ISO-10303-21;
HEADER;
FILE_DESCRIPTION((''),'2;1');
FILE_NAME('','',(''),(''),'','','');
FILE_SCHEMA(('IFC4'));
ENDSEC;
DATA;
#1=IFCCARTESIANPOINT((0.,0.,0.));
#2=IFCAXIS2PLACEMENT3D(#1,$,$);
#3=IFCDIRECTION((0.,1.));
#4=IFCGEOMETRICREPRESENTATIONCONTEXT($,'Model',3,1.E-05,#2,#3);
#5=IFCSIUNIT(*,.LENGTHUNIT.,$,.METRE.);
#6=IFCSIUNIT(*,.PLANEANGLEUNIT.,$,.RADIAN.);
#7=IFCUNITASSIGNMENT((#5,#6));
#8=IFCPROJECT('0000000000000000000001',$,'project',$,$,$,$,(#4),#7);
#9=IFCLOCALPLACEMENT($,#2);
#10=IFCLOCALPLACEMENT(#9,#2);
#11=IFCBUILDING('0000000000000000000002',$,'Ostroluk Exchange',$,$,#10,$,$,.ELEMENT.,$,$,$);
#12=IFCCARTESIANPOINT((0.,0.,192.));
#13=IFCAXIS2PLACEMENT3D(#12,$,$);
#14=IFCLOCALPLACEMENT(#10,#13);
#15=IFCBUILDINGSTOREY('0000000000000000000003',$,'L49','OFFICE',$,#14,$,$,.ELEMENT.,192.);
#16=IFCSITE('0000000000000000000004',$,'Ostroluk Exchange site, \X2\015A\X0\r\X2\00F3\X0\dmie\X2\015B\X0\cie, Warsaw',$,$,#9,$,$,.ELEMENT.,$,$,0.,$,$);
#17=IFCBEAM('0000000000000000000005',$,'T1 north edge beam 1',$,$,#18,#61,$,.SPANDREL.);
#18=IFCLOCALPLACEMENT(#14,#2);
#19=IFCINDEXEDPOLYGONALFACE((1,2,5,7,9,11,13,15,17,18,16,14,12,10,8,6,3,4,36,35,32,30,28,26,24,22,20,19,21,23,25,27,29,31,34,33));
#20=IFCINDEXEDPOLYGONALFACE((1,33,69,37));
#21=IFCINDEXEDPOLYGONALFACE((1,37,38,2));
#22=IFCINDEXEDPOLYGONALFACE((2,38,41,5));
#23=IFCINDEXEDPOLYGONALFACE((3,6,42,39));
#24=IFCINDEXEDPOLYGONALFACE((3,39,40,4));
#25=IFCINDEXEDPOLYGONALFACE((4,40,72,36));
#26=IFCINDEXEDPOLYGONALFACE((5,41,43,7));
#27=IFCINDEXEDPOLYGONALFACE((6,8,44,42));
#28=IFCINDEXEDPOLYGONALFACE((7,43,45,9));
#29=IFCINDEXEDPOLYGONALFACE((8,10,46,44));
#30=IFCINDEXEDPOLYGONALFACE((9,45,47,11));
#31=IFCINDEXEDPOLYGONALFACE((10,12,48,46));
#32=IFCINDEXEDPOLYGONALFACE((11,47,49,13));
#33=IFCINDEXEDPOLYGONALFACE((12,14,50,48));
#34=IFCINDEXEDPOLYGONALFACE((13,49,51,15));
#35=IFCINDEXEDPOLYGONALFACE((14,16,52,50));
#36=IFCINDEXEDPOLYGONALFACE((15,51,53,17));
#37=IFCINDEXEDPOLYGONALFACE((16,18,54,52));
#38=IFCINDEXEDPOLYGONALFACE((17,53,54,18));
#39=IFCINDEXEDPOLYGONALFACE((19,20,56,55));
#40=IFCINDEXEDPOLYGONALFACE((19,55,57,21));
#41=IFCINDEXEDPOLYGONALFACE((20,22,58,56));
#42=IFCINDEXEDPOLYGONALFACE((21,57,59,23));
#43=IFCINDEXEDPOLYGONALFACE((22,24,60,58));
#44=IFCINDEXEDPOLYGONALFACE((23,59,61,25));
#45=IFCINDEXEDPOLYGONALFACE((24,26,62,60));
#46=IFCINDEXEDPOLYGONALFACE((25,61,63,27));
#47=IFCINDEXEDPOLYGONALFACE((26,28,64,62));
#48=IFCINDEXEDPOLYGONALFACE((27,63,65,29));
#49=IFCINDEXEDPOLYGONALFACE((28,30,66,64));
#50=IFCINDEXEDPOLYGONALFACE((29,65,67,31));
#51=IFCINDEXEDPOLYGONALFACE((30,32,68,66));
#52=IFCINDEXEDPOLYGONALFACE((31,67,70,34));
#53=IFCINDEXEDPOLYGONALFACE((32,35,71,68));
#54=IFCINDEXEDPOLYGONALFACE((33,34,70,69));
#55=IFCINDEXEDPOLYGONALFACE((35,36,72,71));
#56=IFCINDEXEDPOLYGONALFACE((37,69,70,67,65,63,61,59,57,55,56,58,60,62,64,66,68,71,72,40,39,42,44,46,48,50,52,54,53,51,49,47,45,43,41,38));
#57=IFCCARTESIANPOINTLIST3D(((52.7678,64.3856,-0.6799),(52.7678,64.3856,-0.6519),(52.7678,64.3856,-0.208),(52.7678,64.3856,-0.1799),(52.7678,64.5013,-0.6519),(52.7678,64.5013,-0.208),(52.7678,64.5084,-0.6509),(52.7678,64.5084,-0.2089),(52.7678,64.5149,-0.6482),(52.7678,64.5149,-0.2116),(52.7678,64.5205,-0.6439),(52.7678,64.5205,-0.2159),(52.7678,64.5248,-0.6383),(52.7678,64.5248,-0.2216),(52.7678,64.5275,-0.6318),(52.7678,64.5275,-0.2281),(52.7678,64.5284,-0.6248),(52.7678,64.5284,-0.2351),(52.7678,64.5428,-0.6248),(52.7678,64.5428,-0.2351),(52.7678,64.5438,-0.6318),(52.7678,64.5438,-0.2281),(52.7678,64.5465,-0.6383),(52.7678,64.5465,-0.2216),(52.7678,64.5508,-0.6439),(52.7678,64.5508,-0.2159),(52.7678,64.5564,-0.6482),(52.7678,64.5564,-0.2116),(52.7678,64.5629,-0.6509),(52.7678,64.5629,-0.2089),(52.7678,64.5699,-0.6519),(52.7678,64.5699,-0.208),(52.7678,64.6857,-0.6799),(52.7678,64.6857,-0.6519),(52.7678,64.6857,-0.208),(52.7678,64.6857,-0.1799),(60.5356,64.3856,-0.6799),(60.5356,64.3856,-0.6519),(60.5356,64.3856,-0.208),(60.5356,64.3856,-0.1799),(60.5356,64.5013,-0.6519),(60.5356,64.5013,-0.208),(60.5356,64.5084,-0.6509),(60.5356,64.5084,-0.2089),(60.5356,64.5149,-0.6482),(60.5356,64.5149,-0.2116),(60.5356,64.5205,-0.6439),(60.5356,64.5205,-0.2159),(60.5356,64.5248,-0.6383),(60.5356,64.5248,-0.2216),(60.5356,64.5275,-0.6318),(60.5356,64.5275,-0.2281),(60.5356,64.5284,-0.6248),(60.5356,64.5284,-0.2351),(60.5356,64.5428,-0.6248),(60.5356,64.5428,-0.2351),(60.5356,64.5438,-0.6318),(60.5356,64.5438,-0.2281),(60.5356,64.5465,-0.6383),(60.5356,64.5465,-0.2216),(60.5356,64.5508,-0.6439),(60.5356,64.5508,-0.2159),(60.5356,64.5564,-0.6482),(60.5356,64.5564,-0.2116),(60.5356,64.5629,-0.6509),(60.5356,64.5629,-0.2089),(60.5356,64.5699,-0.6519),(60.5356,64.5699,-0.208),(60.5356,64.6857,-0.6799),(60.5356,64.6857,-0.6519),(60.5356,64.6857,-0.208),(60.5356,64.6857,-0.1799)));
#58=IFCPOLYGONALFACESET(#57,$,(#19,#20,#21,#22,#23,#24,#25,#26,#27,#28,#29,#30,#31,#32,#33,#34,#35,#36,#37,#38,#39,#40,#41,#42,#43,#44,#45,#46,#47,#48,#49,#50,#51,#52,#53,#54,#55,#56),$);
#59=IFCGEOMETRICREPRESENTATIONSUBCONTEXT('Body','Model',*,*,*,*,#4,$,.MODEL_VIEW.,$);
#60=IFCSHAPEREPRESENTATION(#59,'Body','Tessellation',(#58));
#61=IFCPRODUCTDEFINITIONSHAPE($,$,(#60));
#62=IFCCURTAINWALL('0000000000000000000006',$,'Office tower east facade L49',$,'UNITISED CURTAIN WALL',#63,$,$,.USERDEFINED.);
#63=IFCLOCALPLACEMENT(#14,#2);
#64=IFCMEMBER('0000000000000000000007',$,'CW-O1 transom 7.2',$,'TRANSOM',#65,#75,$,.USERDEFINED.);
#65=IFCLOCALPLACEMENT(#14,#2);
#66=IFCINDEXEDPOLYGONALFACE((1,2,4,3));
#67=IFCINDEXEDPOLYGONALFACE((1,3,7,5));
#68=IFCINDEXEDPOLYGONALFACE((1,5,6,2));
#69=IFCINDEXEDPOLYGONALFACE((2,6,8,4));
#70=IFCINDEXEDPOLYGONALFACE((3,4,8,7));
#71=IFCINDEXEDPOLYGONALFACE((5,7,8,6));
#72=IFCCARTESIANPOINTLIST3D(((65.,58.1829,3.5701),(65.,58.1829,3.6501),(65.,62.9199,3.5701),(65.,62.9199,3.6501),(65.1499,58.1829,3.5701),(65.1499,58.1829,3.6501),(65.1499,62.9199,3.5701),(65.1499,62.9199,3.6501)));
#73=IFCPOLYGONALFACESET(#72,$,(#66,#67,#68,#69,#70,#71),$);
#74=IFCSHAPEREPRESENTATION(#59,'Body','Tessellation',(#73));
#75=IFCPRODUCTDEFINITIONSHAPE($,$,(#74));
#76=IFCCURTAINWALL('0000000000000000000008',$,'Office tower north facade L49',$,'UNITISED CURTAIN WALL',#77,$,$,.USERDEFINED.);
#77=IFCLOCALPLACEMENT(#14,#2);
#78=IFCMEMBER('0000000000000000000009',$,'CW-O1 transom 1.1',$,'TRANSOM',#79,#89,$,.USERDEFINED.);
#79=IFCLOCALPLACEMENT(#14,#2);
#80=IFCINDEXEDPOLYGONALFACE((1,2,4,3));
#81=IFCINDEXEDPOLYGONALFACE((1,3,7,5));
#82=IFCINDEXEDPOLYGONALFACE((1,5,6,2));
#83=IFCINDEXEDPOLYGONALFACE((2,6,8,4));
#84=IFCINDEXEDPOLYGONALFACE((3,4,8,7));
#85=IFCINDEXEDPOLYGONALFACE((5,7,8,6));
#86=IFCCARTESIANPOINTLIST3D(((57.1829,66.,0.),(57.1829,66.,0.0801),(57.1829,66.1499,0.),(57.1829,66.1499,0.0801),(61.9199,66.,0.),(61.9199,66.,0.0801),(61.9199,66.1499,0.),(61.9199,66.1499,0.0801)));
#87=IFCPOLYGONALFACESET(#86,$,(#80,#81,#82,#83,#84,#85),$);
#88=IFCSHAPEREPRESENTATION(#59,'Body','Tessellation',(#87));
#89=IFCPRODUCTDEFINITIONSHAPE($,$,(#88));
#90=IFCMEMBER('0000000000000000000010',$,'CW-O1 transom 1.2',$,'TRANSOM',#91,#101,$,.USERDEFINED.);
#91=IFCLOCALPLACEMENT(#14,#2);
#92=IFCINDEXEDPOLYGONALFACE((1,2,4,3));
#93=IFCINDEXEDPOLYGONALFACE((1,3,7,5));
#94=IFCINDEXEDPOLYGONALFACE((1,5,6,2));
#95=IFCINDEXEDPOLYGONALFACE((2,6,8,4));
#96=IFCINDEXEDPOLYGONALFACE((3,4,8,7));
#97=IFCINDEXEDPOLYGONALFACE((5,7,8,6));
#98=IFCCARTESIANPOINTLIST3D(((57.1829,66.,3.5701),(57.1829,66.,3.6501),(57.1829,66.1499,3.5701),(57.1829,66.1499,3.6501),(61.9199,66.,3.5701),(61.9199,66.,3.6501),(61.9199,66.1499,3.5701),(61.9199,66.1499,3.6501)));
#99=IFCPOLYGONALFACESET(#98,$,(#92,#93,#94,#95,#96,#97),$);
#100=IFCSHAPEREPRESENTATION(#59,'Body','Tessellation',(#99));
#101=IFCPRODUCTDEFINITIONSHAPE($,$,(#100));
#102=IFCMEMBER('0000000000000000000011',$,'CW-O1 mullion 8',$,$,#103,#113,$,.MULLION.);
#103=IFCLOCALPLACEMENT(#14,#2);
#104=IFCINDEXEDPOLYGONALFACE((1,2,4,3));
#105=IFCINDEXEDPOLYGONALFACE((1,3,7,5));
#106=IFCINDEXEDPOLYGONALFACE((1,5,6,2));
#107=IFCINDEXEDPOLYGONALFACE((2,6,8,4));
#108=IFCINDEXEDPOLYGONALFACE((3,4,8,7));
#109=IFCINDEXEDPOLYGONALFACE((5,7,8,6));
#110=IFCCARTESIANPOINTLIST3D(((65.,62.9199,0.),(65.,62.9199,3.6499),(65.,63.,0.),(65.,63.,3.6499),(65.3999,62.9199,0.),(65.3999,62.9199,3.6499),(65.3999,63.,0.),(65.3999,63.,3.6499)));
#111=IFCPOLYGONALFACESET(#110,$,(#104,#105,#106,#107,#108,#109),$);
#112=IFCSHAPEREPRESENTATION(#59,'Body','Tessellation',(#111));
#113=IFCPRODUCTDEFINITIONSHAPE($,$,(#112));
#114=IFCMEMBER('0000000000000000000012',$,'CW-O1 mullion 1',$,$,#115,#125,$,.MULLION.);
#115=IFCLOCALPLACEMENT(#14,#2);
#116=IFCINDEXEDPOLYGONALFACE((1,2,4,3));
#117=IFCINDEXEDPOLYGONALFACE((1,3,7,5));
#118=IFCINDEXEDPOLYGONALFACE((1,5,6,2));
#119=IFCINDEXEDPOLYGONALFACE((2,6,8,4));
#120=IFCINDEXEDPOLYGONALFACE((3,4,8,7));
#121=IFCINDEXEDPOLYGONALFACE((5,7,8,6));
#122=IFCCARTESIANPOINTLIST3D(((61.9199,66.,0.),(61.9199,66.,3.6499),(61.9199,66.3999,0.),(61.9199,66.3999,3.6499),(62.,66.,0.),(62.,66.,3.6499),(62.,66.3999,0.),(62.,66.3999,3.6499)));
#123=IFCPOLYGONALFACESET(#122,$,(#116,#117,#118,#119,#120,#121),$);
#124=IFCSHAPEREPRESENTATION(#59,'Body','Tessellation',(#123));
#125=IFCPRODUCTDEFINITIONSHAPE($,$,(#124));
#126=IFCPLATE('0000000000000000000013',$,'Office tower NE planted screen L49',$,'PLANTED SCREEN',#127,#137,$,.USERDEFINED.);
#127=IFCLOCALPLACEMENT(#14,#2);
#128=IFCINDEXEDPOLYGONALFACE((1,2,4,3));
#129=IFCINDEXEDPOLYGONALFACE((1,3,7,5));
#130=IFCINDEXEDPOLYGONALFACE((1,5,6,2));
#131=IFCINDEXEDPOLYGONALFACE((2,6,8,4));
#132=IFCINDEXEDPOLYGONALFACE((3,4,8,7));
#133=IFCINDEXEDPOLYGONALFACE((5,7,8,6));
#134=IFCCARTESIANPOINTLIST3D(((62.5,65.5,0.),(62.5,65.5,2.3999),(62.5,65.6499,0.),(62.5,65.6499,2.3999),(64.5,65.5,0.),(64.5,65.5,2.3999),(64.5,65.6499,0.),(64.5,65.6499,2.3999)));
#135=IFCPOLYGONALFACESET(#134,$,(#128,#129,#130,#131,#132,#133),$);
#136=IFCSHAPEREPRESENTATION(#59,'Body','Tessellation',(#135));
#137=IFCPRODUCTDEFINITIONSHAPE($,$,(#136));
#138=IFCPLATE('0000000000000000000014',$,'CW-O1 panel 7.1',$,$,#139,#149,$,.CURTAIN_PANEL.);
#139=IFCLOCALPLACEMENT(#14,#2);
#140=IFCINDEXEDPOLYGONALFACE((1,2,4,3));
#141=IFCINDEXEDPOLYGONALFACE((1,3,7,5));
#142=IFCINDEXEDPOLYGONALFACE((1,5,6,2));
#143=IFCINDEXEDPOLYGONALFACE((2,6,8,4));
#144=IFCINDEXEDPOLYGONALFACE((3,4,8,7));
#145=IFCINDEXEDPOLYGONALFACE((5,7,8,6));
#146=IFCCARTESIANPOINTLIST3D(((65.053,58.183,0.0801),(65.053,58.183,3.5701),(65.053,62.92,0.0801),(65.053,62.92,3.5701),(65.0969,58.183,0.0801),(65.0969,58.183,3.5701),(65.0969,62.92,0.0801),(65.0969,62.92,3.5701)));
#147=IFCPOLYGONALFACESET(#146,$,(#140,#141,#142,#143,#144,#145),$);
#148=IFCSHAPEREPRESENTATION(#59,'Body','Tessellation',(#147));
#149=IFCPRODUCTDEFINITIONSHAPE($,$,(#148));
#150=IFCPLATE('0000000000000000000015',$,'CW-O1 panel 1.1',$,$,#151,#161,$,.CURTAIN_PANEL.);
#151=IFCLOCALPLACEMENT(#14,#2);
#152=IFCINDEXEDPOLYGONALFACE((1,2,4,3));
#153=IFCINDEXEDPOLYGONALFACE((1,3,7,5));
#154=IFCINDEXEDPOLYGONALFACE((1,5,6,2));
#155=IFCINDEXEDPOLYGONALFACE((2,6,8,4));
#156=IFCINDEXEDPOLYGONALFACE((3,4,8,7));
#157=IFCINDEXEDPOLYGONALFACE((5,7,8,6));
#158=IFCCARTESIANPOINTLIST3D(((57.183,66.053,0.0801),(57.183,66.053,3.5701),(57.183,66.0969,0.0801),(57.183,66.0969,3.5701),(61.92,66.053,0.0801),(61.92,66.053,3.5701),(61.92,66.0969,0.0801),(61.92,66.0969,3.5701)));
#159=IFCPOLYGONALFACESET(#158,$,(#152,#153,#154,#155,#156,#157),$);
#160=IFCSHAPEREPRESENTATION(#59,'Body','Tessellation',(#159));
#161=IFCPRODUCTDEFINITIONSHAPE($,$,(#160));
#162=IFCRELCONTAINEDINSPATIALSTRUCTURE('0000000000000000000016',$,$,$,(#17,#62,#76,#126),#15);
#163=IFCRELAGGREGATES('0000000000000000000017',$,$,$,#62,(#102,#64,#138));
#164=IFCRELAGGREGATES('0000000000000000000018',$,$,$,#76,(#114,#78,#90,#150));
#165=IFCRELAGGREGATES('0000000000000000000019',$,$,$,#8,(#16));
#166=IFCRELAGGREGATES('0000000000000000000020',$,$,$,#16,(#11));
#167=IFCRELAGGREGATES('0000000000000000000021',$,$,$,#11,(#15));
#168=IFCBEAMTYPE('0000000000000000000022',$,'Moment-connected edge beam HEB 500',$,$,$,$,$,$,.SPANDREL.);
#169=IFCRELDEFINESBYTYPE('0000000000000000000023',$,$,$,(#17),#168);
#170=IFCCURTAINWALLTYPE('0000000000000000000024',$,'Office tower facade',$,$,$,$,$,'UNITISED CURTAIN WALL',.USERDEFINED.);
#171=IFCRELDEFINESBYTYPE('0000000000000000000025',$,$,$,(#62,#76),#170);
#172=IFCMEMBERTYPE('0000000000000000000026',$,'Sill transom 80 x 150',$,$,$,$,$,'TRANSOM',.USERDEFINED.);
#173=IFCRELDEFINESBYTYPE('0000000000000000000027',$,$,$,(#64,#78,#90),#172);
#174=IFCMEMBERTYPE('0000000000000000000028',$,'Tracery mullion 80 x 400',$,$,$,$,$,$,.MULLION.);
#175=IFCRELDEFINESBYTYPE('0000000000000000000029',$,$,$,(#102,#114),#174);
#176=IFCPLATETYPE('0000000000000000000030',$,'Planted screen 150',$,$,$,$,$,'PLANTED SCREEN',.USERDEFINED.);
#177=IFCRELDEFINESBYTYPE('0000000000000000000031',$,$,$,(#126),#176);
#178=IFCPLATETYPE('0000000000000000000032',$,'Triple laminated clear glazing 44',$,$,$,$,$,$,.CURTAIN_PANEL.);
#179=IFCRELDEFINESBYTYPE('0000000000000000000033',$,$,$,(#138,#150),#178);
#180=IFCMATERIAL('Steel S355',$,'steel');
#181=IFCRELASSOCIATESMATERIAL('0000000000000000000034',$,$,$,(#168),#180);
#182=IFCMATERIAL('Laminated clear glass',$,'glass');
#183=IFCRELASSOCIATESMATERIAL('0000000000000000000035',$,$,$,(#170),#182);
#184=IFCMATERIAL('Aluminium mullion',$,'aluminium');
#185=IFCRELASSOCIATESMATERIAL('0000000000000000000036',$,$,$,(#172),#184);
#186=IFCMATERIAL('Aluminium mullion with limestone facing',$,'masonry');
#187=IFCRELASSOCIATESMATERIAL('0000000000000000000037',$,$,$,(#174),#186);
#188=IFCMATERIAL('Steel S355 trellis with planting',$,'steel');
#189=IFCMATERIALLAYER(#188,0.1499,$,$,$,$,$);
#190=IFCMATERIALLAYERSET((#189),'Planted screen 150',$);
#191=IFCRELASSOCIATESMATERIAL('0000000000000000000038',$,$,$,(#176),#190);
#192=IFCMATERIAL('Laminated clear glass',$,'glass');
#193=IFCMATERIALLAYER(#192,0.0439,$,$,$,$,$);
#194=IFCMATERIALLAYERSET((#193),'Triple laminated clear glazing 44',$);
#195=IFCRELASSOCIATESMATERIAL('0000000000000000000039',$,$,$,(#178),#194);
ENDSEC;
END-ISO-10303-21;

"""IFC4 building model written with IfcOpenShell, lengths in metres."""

from ifc_helpers import new_model, si_unit, direction, frame, origin, origin_2d, place, context, subcontext, project, spatial, rectangle, i_section, extrude, material, layer, layer_set, material_profile, profile_set, type_object, element, aggregate, save


model = new_model("IFC4")

# Units and contexts
model_context = context("Model", 3, precision=1e-05, world=origin(), true_north=direction((0.0, 1.0)))
body_context = subcontext(model_context, "Body", "Model", "MODEL_VIEW")
ifc_project = project(units=[si_unit("LENGTHUNIT", "METRE"), si_unit("PLANEANGLEUNIT", "RADIAN")], contexts=[model_context])

# Site, building, storey
site_placement = place(None, origin())
site = spatial("IfcSite", under=ifc_project, at=site_placement, Name="Ostroluk Exchange site, Śródmieście, Warsaw", CompositionType="ELEMENT", RefElevation=0.0)
building_placement = place(site_placement, origin())
building = spatial("IfcBuilding", under=site, at=building_placement, Name="Ostroluk Exchange", CompositionType="ELEMENT")
storey_placement = place(building_placement, frame((0.0, 0.0, 192.0)))
storey = spatial("IfcBuildingStorey", under=building, at=storey_placement, Name="L49", Description="OFFICE", CompositionType="ELEMENT", Elevation=192.0)

# Beam
ifc_material_1 = material(Name="Steel S355", Category="steel")
ifc_material_profile_1 = material_profile(ifc_material_1, i_section(OverallWidth=0.3, OverallDepth=0.5, WebThickness=0.0144, FlangeThickness=0.0281, FilletRadius=0.0271, at=origin_2d()), Name="HEB 500")
ifc_profile_set_1 = profile_set([ifc_material_profile_1], Name="Steel S355")
beam_type_1 = type_object("IfcBeamType", Name="Moment-connected edge beam HEB 500", PredefinedType="SPANDREL", material=ifc_profile_set_1)
beam_1_placement = place(storey_placement, frame((60.5356, 64.5356, -0.4299), z_axis=(-1.0, 0.0, 0.0), x_axis=(0.0, -1.0, 0.0)))
element("IfcBeam", 1, at=beam_1_placement, inside=storey, type_object=beam_type_1, Name="T1 north edge beam 1", PredefinedType="SPANDREL", context=body_context, shape_type="SweptSolid", body=[
    extrude(i_section(OverallWidth=0.3, OverallDepth=0.5, WebThickness=0.0144, FlangeThickness=0.0281, FilletRadius=0.0271, at=origin_2d()), origin(), (0.0, 0.0, 1.0), 7.7678),
])

# Curtain wall, member
ifc_material_2 = material(Name="Laminated clear glass", Category="glass")
curtain_wall_type = type_object("IfcCurtainWallType", Name="Office tower facade", ElementType="UNITISED CURTAIN WALL", PredefinedType="USERDEFINED", material=ifc_material_2)
curtain_wall_1_placement = place(storey_placement, origin())
curtain_wall_1 = element("IfcCurtainWall", 2, at=curtain_wall_1_placement, inside=storey, type_object=curtain_wall_type, Name="Office tower east facade L49", ObjectType="UNITISED CURTAIN WALL", PredefinedType="USERDEFINED")
ifc_material_3 = material(Name="Aluminium mullion", Category="aluminium")
ifc_material_profile_2 = material_profile(ifc_material_3, rectangle(XDim=0.1499, YDim=0.0801, at=origin_2d()), Name="Sill transom 80 x 150")
ifc_profile_set_2 = profile_set([ifc_material_profile_2], Name="Aluminium mullion")
member_type_1 = type_object("IfcMemberType", Name="Sill transom 80 x 150", ElementType="TRANSOM", PredefinedType="USERDEFINED", material=ifc_profile_set_2)
member_1_placement = place(storey_placement, frame((65.075, 58.1829, 3.6101), z_axis=(0.0, 1.0, 0.0), x_axis=(-1.0, 0.0, 0.0)))
member_1 = element("IfcMember", 3, at=member_1_placement, type_object=member_type_1, Name="CW-O1 transom 7.2", ObjectType="TRANSOM", PredefinedType="USERDEFINED", context=body_context, shape_type="SweptSolid", body=[
    extrude(rectangle(XDim=0.1499, YDim=0.0801, at=origin_2d()), origin(), (0.0, 0.0, 1.0), 4.7371),
])

# Curtain wall, members
curtain_wall_2_placement = place(storey_placement, origin())
curtain_wall_2 = element("IfcCurtainWall", 4, at=curtain_wall_2_placement, inside=storey, type_object=curtain_wall_type, Name="Office tower north facade L49", ObjectType="UNITISED CURTAIN WALL", PredefinedType="USERDEFINED")
member_2_placement = place(storey_placement, frame((61.9199, 66.075, 0.04), z_axis=(-1.0, 0.0, 0.0), x_axis=(0.0, -1.0, 0.0)))
member_2 = element("IfcMember", 5, at=member_2_placement, type_object=member_type_1, Name="CW-O1 transom 1.1", ObjectType="TRANSOM", PredefinedType="USERDEFINED", context=body_context, shape_type="SweptSolid", body=[
    extrude(rectangle(XDim=0.1499, YDim=0.0801, at=origin_2d()), origin(), (0.0, 0.0, 1.0), 4.7371),
])
member_3_placement = place(storey_placement, frame((61.9199, 66.075, 3.6101), z_axis=(-1.0, 0.0, 0.0), x_axis=(0.0, -1.0, 0.0)))
member_3 = element("IfcMember", 6, at=member_3_placement, type_object=member_type_1, Name="CW-O1 transom 1.2", ObjectType="TRANSOM", PredefinedType="USERDEFINED", context=body_context, shape_type="SweptSolid", body=[
    extrude(rectangle(XDim=0.1499, YDim=0.0801, at=origin_2d()), origin(), (0.0, 0.0, 1.0), 4.7371),
])

# Members
ifc_material_4 = material(Name="Aluminium mullion with limestone facing", Category="masonry")
ifc_material_profile_3 = material_profile(ifc_material_4, rectangle(XDim=0.3999, YDim=0.0801, at=origin_2d()), Name="Tracery mullion 80 x 400")
ifc_profile_set_3 = profile_set([ifc_material_profile_3], Name="Aluminium mullion with limestone facing")
member_type_2 = type_object("IfcMemberType", Name="Tracery mullion 80 x 400", PredefinedType="MULLION", material=ifc_profile_set_3)
member_4_placement = place(storey_placement, frame((65.2, 62.96, 0.0), z_axis=(0.0, 0.0, 1.0), x_axis=(-1.0, 0.0, 0.0)))
member_4 = element("IfcMember", 7, at=member_4_placement, type_object=member_type_2, Name="CW-O1 mullion 8", PredefinedType="MULLION", context=body_context, shape_type="SweptSolid", body=[
    extrude(rectangle(XDim=0.3999, YDim=0.0801, at=origin_2d()), origin(), (0.0, 0.0, 1.0), 3.6499),
])
member_5_placement = place(storey_placement, frame((61.96, 66.2, 0.0), z_axis=(0.0, 0.0, 1.0), x_axis=(0.0, -1.0, 0.0)))
member_5 = element("IfcMember", 8, at=member_5_placement, type_object=member_type_2, Name="CW-O1 mullion 1", PredefinedType="MULLION", context=body_context, shape_type="SweptSolid", body=[
    extrude(rectangle(XDim=0.3999, YDim=0.0801, at=origin_2d()), origin(), (0.0, 0.0, 1.0), 3.6499),
])

# Plates
ifc_material_5 = material(Name="Steel S355 trellis with planting", Category="steel")
ifc_layer_1 = layer(ifc_material_5, 0.1499)
ifc_layer_set_1 = layer_set([ifc_layer_1], Name="Planted screen 150")
plate_type_1 = type_object("IfcPlateType", Name="Planted screen 150", ElementType="PLANTED SCREEN", PredefinedType="USERDEFINED", material=ifc_layer_set_1)
plate_1_placement = place(storey_placement, frame((63.5, 65.575, 0.0), z_axis=(0.0, 0.0, 1.0), x_axis=(1.0, 0.0, 0.0)))
element("IfcPlate", 9, at=plate_1_placement, inside=storey, type_object=plate_type_1, Name="Office tower NE planted screen L49", ObjectType="PLANTED SCREEN", PredefinedType="USERDEFINED", context=body_context, shape_type="SweptSolid", body=[
    extrude(rectangle(XDim=2.0, YDim=0.1499, at=origin_2d()), origin(), (0.0, 0.0, 1.0), 2.3999),
])
ifc_material_6 = material(Name="Laminated clear glass", Category="glass")
ifc_layer_2 = layer(ifc_material_6, 0.0439)
ifc_layer_set_2 = layer_set([ifc_layer_2], Name="Triple laminated clear glazing 44")
plate_type_2 = type_object("IfcPlateType", Name="Triple laminated clear glazing 44", PredefinedType="CURTAIN_PANEL", material=ifc_layer_set_2)
plate_2_placement = place(storey_placement, frame((65.075, 60.5515, 0.0801), z_axis=(0.0, 0.0, 1.0), x_axis=(0.0, 1.0, 0.0)))
plate_2 = element("IfcPlate", 10, at=plate_2_placement, type_object=plate_type_2, Name="CW-O1 panel 7.1", PredefinedType="CURTAIN_PANEL", context=body_context, shape_type="SweptSolid", body=[
    extrude(rectangle(XDim=4.7371, YDim=0.0439, at=origin_2d()), origin(), (0.0, 0.0, 1.0), 3.49),
])
aggregate(curtain_wall_1, [member_4, member_1, plate_2])
plate_3_placement = place(storey_placement, frame((59.5515, 66.075, 0.0801), z_axis=(0.0, 0.0, 1.0), x_axis=(-1.0, 0.0, 0.0)))
plate_3 = element("IfcPlate", 11, at=plate_3_placement, type_object=plate_type_2, Name="CW-O1 panel 1.1", PredefinedType="CURTAIN_PANEL", context=body_context, shape_type="SweptSolid", body=[
    extrude(rectangle(XDim=4.7371, YDim=0.0439, at=origin_2d()), origin(), (0.0, 0.0, 1.0), 3.49),
])
aggregate(curtain_wall_2, [member_5, member_2, member_3, plate_3])

save(model, "model.ifc")
